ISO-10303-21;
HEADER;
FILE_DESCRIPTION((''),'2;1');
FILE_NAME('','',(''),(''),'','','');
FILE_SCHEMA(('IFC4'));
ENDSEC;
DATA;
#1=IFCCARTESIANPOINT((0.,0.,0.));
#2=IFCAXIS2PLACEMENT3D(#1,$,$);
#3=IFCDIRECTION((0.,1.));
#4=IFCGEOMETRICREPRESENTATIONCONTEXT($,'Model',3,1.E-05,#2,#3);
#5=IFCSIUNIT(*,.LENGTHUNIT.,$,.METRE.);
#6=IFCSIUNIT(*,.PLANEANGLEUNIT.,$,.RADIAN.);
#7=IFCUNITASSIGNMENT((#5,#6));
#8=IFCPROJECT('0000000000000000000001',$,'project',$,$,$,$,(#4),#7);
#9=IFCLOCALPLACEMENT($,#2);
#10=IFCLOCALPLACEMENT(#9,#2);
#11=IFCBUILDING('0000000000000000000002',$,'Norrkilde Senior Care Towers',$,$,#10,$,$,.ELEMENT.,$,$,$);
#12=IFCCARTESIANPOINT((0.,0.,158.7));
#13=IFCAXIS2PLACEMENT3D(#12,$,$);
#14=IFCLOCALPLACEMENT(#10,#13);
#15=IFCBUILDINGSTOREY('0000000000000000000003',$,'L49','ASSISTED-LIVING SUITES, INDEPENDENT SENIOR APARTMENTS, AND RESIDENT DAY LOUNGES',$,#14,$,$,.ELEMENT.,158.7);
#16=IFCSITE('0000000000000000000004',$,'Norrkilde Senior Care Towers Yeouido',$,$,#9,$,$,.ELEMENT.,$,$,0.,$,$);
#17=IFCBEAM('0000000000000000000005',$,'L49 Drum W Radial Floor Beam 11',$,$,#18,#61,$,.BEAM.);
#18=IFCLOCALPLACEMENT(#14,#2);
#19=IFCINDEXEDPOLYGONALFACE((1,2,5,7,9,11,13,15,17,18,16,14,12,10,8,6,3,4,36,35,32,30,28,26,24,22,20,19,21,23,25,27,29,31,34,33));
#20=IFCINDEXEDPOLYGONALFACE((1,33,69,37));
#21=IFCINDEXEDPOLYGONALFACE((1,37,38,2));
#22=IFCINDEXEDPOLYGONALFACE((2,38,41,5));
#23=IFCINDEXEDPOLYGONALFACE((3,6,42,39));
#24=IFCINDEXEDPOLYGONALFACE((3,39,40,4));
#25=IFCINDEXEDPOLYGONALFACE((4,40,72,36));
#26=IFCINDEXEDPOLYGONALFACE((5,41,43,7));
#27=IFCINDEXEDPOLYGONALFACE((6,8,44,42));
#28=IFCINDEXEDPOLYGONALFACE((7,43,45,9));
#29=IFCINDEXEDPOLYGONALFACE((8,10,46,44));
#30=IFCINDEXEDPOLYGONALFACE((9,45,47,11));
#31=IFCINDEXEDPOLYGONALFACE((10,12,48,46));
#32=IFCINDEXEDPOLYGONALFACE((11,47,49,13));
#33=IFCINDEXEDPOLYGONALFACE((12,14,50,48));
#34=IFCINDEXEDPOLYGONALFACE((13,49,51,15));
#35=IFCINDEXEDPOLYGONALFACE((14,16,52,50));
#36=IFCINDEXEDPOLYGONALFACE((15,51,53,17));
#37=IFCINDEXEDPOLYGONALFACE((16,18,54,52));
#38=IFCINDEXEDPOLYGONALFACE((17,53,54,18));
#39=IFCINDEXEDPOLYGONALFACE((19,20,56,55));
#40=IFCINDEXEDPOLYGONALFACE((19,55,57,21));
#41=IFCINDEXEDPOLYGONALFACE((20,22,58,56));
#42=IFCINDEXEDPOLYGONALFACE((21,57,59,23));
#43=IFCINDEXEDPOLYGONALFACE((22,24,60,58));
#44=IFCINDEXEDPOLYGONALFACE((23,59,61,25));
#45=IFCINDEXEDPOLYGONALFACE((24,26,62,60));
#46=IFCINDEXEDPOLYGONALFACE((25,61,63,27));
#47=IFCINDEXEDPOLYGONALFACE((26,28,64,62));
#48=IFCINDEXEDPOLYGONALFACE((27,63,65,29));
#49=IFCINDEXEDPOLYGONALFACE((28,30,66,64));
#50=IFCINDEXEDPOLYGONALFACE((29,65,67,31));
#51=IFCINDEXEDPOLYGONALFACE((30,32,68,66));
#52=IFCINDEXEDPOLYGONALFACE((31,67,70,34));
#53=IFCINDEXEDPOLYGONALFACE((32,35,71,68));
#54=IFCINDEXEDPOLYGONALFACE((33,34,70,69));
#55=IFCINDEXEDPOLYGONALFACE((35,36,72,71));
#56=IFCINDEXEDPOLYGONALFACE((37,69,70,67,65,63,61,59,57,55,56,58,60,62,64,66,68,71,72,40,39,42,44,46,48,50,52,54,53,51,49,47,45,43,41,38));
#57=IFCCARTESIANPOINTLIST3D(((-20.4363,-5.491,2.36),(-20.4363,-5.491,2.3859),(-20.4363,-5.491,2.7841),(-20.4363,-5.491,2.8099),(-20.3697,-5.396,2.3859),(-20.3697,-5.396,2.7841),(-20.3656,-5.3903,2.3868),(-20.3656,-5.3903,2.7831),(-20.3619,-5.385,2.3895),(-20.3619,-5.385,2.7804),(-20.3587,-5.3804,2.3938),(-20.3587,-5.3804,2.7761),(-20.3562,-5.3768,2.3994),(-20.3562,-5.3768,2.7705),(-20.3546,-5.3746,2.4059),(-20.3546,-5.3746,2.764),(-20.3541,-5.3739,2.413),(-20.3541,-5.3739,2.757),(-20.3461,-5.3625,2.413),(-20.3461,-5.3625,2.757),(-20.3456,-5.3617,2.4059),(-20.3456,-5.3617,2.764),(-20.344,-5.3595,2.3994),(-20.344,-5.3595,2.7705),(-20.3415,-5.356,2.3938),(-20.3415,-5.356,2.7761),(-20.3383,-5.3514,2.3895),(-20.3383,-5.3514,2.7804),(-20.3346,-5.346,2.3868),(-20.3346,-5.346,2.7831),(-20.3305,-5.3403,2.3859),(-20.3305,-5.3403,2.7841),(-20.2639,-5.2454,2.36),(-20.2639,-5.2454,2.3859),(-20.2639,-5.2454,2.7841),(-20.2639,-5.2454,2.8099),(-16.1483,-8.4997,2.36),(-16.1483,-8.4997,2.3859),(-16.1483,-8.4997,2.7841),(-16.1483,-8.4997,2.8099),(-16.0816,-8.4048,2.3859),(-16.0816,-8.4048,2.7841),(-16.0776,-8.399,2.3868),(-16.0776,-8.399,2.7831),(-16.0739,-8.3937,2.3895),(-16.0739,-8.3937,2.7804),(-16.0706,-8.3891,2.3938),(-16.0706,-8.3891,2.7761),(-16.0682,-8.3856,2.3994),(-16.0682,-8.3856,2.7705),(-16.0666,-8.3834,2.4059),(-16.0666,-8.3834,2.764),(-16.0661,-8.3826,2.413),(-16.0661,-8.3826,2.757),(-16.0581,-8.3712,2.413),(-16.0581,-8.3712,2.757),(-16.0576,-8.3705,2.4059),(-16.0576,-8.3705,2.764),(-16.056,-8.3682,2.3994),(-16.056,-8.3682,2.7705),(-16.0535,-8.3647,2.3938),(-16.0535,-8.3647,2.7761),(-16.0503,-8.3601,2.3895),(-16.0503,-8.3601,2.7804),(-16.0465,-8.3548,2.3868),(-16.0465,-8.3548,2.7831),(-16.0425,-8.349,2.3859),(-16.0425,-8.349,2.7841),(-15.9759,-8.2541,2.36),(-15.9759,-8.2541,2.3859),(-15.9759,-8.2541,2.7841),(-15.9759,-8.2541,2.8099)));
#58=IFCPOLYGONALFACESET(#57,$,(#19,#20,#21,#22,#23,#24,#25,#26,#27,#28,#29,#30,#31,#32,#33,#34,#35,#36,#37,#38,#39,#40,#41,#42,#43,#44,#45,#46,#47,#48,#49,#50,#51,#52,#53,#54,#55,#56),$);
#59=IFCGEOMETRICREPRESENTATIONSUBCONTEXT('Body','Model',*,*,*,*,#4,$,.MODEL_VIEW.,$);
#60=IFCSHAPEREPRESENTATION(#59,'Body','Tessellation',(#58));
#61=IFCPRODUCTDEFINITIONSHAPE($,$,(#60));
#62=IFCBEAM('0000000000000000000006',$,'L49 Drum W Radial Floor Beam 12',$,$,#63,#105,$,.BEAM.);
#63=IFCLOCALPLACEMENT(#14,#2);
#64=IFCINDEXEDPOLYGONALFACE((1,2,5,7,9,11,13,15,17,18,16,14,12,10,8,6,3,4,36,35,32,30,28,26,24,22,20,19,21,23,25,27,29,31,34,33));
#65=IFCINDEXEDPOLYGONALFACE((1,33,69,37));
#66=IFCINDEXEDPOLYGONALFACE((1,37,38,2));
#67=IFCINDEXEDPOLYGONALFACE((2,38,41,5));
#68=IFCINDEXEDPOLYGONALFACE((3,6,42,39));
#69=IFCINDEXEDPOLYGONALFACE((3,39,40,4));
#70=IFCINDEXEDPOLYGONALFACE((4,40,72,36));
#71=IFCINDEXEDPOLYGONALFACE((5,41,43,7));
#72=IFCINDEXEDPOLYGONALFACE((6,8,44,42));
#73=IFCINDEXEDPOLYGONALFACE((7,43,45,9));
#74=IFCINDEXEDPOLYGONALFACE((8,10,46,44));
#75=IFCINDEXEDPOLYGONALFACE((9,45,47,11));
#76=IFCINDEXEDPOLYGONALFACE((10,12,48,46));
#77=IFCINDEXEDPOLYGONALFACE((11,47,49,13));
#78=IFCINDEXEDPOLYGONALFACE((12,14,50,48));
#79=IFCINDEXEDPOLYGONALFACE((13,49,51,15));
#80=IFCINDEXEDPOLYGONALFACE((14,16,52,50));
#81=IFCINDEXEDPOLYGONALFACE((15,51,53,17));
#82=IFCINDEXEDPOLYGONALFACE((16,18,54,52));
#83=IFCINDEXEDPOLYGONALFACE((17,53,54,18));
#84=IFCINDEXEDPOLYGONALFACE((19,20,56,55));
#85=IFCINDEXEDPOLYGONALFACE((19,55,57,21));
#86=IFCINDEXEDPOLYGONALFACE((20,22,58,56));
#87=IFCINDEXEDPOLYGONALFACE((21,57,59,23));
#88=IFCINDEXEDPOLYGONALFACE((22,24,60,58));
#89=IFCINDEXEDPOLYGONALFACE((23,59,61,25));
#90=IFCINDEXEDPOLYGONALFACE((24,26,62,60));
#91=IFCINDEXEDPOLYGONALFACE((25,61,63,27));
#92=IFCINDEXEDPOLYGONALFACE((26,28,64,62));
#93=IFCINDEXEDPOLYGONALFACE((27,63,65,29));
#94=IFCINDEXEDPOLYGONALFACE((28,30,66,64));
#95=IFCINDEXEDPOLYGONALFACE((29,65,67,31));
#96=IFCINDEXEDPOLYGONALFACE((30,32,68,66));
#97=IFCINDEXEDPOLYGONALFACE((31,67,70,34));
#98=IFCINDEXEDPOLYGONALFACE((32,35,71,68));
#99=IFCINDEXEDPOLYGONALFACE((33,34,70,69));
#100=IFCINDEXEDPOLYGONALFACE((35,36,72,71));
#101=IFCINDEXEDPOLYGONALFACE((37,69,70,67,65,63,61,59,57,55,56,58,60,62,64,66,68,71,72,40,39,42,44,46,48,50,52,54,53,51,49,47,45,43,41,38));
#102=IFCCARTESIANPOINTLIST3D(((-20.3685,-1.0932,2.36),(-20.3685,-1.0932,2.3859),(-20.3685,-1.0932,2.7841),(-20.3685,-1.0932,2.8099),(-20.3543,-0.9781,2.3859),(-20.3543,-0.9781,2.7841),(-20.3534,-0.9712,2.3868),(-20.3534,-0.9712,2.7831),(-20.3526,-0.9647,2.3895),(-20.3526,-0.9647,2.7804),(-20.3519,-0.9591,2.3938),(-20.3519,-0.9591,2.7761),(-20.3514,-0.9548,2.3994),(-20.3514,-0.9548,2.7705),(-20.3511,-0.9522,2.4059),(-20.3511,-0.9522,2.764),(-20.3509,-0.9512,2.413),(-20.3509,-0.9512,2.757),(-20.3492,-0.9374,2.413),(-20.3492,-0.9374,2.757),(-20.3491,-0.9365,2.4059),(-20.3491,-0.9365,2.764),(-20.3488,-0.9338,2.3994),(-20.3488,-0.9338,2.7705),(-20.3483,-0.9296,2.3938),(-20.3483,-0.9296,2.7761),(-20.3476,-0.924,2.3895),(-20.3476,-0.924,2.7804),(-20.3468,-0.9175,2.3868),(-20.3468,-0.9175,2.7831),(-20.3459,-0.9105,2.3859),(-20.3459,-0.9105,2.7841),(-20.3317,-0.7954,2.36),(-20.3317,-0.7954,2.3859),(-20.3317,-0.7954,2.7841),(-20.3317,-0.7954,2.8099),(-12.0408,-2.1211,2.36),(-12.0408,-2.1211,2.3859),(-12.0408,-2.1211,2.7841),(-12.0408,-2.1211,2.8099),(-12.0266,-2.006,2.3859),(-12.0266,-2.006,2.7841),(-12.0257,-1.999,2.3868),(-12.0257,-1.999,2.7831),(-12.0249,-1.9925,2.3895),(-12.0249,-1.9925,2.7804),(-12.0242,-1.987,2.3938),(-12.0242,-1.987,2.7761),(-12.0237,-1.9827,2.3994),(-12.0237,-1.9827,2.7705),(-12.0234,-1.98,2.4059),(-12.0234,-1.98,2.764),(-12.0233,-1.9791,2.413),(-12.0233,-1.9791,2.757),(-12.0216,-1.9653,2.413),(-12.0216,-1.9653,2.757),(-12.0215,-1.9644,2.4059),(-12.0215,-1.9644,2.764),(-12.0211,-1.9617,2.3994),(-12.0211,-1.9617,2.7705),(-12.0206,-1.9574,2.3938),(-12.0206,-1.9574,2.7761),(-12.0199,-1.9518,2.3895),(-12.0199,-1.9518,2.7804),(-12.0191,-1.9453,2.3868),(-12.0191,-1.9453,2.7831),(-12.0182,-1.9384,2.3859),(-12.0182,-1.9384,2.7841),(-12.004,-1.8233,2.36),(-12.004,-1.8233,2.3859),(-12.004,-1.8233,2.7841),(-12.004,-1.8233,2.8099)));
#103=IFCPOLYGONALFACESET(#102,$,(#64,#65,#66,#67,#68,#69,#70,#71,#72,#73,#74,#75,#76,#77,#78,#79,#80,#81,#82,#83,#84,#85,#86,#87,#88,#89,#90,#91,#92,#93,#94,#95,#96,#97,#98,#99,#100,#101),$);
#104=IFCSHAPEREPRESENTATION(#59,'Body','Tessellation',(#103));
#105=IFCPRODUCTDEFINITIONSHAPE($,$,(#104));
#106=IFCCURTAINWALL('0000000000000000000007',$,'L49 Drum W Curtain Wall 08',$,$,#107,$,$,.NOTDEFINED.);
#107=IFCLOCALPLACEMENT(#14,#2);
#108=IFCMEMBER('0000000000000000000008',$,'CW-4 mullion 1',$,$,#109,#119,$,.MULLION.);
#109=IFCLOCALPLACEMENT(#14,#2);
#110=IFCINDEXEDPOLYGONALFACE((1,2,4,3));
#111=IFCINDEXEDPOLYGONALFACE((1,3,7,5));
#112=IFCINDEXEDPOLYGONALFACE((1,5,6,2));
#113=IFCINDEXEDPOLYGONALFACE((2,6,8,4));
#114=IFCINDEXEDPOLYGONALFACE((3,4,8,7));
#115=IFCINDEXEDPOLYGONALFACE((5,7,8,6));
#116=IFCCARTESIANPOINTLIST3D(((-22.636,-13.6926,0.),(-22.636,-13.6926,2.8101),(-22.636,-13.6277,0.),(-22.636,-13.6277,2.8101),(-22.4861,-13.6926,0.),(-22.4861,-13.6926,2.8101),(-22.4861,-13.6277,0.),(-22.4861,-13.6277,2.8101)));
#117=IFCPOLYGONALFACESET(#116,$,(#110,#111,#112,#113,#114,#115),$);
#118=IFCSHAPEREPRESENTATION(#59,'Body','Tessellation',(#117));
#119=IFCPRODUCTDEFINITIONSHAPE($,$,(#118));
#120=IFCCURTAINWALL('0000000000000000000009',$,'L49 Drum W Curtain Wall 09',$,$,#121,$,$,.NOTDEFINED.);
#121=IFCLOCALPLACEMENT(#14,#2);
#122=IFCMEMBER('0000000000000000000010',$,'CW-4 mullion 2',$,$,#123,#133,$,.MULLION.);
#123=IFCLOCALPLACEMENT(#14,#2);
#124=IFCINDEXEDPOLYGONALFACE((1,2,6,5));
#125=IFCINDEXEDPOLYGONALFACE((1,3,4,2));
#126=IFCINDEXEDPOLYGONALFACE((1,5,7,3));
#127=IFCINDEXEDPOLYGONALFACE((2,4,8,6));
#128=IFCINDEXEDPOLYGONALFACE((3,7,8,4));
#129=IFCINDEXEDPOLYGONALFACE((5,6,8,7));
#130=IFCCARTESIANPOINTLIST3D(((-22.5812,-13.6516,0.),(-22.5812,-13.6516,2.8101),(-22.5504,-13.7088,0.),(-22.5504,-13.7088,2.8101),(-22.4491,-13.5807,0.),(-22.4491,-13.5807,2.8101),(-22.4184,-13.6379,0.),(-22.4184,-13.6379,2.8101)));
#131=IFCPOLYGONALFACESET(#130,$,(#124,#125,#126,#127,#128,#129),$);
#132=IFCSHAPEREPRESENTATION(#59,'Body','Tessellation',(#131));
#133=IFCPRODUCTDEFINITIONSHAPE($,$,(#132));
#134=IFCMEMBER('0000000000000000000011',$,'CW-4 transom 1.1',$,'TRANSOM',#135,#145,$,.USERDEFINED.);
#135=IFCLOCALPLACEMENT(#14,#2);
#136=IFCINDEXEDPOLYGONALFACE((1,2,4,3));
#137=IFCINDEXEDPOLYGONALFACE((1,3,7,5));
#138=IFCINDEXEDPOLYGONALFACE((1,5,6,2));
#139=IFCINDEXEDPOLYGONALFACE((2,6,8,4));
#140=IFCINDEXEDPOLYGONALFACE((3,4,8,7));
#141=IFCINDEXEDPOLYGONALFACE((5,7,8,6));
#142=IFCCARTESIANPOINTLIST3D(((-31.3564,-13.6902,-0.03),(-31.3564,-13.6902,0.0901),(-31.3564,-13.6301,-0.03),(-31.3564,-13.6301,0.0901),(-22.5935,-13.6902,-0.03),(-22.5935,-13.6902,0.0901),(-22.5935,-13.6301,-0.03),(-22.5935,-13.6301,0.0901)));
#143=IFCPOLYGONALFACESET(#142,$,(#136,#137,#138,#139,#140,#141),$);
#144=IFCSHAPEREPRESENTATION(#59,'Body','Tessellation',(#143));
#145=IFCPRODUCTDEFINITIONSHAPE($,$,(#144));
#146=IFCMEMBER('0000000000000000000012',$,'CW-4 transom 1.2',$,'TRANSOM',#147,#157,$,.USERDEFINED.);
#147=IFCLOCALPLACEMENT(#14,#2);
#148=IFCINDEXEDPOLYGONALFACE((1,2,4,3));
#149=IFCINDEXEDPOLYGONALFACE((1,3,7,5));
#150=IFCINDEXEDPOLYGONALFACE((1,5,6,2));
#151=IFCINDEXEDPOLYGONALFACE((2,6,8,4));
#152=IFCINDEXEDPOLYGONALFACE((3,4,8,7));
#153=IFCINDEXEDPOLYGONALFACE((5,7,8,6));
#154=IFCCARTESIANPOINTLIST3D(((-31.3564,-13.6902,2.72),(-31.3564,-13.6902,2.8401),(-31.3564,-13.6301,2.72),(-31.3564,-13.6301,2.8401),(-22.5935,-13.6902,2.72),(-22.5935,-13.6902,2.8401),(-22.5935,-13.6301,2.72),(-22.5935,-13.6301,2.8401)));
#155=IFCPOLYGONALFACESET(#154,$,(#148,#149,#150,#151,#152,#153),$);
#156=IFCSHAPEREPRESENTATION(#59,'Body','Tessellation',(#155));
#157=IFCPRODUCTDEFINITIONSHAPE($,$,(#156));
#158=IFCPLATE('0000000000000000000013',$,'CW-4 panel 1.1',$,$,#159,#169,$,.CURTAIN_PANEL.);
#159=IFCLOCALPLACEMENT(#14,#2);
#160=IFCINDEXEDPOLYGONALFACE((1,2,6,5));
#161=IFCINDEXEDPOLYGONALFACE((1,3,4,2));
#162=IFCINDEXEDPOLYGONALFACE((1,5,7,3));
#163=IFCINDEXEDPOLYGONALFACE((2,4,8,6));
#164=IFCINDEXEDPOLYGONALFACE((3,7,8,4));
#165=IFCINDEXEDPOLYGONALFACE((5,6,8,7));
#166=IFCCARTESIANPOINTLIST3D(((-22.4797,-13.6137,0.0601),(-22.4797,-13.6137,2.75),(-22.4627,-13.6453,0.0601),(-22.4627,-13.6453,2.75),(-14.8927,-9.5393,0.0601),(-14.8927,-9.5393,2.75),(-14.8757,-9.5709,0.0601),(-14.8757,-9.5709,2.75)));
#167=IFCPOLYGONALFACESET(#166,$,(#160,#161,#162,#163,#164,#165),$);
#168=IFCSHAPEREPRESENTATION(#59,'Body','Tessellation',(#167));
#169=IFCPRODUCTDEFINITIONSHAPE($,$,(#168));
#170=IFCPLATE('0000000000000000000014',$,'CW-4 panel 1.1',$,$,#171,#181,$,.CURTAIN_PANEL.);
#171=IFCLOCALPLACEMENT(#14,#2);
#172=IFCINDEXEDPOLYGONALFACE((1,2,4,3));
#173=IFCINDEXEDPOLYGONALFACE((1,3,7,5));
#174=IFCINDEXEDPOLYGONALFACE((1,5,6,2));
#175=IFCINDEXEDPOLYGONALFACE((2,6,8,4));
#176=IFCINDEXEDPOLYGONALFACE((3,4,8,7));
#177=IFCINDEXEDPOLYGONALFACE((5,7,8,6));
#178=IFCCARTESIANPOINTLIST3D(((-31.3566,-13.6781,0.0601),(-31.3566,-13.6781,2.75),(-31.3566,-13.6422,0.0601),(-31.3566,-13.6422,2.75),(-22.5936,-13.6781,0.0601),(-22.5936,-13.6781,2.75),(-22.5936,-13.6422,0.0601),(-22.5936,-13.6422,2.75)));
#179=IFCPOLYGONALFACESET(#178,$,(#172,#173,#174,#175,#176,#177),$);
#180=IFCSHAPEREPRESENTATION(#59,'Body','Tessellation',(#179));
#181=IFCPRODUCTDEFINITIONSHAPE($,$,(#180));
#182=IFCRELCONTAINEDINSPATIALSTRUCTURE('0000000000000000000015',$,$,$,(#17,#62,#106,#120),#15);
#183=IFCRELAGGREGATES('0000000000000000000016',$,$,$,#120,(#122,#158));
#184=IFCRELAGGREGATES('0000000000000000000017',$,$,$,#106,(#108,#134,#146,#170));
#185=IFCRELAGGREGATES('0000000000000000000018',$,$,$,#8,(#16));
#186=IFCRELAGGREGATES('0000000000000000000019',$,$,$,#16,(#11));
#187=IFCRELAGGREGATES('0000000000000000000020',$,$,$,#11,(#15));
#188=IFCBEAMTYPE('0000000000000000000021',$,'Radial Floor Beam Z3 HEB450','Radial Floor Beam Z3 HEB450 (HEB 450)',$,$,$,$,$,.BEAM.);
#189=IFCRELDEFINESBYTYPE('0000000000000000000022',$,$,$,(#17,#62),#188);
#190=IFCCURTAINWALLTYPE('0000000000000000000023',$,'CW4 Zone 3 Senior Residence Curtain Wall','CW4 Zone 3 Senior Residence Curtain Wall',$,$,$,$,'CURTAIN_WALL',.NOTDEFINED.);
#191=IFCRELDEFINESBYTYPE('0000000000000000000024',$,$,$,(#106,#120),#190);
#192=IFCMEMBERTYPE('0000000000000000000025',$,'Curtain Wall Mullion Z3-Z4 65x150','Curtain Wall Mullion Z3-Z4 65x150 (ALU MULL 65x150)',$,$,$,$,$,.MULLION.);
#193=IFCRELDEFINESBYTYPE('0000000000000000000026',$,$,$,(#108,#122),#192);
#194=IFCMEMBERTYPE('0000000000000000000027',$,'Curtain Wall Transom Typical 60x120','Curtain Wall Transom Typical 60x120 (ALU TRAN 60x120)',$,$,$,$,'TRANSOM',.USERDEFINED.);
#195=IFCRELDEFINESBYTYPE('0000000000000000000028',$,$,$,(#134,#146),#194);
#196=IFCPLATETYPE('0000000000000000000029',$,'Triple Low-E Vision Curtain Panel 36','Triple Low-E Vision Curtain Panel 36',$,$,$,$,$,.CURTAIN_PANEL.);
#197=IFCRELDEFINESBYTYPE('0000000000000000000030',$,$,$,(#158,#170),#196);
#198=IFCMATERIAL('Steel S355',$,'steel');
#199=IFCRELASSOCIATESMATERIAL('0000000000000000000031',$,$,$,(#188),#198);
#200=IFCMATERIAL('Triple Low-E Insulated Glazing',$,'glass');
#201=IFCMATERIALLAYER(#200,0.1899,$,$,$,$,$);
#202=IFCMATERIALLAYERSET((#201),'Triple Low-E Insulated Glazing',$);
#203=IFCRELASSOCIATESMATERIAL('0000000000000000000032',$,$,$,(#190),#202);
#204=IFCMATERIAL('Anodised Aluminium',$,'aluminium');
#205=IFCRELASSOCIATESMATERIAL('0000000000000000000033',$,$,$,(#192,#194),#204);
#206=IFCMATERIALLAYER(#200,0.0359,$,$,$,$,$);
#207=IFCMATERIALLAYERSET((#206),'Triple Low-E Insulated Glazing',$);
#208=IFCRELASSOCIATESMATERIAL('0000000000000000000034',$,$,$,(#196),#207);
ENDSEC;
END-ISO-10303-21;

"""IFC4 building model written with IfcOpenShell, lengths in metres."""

from ifc_helpers import new_model, si_unit, direction, frame, origin, origin_2d, place, context, subcontext, project, spatial, rectangle, i_section, extrude, source, transform, mapped, material, layer, layer_set, material_profile, profile_set, type_object, type_shapes, element, aggregate, save


model = new_model("IFC4")

# Units and contexts
model_context = context("Model", 3, precision=1e-05, world=origin(), true_north=direction((0.0, 1.0)))
body_context = subcontext(model_context, "Body", "Model", "MODEL_VIEW")
ifc_project = project(units=[si_unit("LENGTHUNIT", "METRE"), si_unit("PLANEANGLEUNIT", "RADIAN")], contexts=[model_context])

# Site, building, storey
site_placement = place(None, origin())
site = spatial("IfcSite", under=ifc_project, at=site_placement, Name="Norrkilde Senior Care Towers Yeouido", CompositionType="ELEMENT", RefElevation=0.0)
building_placement = place(site_placement, origin())
building = spatial("IfcBuilding", under=site, at=building_placement, Name="Norrkilde Senior Care Towers", CompositionType="ELEMENT")
storey_placement = place(building_placement, frame((0.0, 0.0, 158.7)))
storey = spatial("IfcBuildingStorey", under=building, at=storey_placement, Name="L49", Description="ASSISTED-LIVING SUITES, INDEPENDENT SENIOR APARTMENTS, AND RESIDENT DAY LOUNGES", CompositionType="ELEMENT", Elevation=158.7)

# Beams
ifc_material_1 = material(Name="Steel S355", Category="steel")
ifc_material_profile_1 = material_profile(ifc_material_1, i_section(OverallWidth=0.3, OverallDepth=0.45, WebThickness=0.0139, FlangeThickness=0.0259, FilletRadius=0.0271, at=origin_2d()), Name="HEB 450")
ifc_profile_set_1 = profile_set([ifc_material_profile_1], Name="Steel S355")
beam_type_1 = type_object("IfcBeamType", Name="Radial Floor Beam Z3 HEB450", Description="Radial Floor Beam Z3 HEB450 (HEB 450)", PredefinedType="BEAM", material=ifc_profile_set_1)
shared_shape_1 = source(origin(), body_context, "Body", "SweptSolid", [
    extrude(i_section(OverallWidth=0.3, OverallDepth=0.45, WebThickness=0.0139, FlangeThickness=0.0259, FilletRadius=0.0271, at=origin_2d()), origin(), (0.0, 0.0, 1.0), 5.2383),
])
beam_1_placement = place(storey_placement, frame((-20.3501, -5.3682, 2.585), z_axis=(0.818592, -0.574375, 0.0), x_axis=(0.574375, 0.818592, 0.0)))
element("IfcBeam", 1, at=beam_1_placement, inside=storey, type_object=beam_type_1, Name="L49 Drum W Radial Floor Beam 11", PredefinedType="BEAM", context=body_context, shape_type="MappedRepresentation", body=[
    mapped(shared_shape_1, transform((0.0, 0.0, 0.0), x_axis=(1.0, 0.0, 0.0), y_axis=(0.0, 1.0, 0.0), z_axis=(0.0, 0.0, 1.0), scale=1.0)),
])
shared_shape_2 = source(origin(), body_context, "Body", "SweptSolid", [
    extrude(i_section(OverallWidth=0.3, OverallDepth=0.45, WebThickness=0.0139, FlangeThickness=0.0259, FilletRadius=0.0271, at=origin_2d()), origin(), (0.0, 0.0, 1.0), 8.3909),
])
beam_2_placement = place(storey_placement, frame((-20.3501, -0.9443, 2.585), z_axis=(0.992469, -0.122495, 0.0), x_axis=(0.122495, 0.992469, 0.0)))
element("IfcBeam", 2, at=beam_2_placement, inside=storey, type_object=beam_type_1, Name="L49 Drum W Radial Floor Beam 12", PredefinedType="BEAM", context=body_context, shape_type="MappedRepresentation", body=[
    mapped(shared_shape_2, transform((0.0, 0.0, 0.0), x_axis=(1.0, 0.0, 0.0), y_axis=(0.0, 1.0, 0.0), z_axis=(0.0, 0.0, 1.0), scale=1.0)),
])

# Curtain walls, members
ifc_material_2 = material(Name="Triple Low-E Insulated Glazing", Category="glass")
ifc_layer_1 = layer(ifc_material_2, 0.1899)
ifc_layer_set_1 = layer_set([ifc_layer_1], Name="Triple Low-E Insulated Glazing")
curtain_wall_type = type_object("IfcCurtainWallType", Name="CW4 Zone 3 Senior Residence Curtain Wall", Description="CW4 Zone 3 Senior Residence Curtain Wall", ElementType="CURTAIN_WALL", PredefinedType="NOTDEFINED", material=ifc_layer_set_1)
curtain_wall_1_placement = place(storey_placement, origin())
curtain_wall_1 = element("IfcCurtainWall", 3, at=curtain_wall_1_placement, inside=storey, type_object=curtain_wall_type, Name="L49 Drum W Curtain Wall 08", PredefinedType="NOTDEFINED")
ifc_material_3 = material(Name="Anodised Aluminium", Category="aluminium")
ifc_material_profile_2 = material_profile(ifc_material_3, rectangle(XDim=0.0649, YDim=0.1499, at=origin_2d()), Name="ALU MULL 65x150")
ifc_profile_set_2 = profile_set([ifc_material_profile_2], Name="Anodised Aluminium")
member_type_1 = type_object("IfcMemberType", Name="Curtain Wall Mullion Z3-Z4 65x150", Description="Curtain Wall Mullion Z3-Z4 65x150 (ALU MULL 65x150)", PredefinedType="MULLION", material=ifc_profile_set_2)
shared_shape_3 = source(origin(), body_context, "Body", "SweptSolid", [
    extrude(rectangle(XDim=0.0649, YDim=0.1499, at=origin_2d()), origin(), (0.0, 0.0, 1.0), 2.8101),
])
type_shapes(member_type_1, [shared_shape_3])
member_1_placement = place(storey_placement, frame((-22.561, -13.6602, 0.0), z_axis=(0.0, 0.0, 1.0), x_axis=(0.0, -1.0, 0.0)))
member_1 = element("IfcMember", 4, at=member_1_placement, type_object=member_type_1, Name="CW-4 mullion 1", PredefinedType="MULLION", context=body_context, shape_type="MappedRepresentation", body=[
    mapped(shared_shape_3, transform((0.0, 0.0, 0.0), x_axis=(1.0, 0.0, 0.0), y_axis=(0.0, 1.0, 0.0), z_axis=(0.0, 0.0, 1.0), scale=1.0)),
])
curtain_wall_2_placement = place(storey_placement, origin())
curtain_wall_2 = element("IfcCurtainWall", 5, at=curtain_wall_2_placement, inside=storey, type_object=curtain_wall_type, Name="L49 Drum W Curtain Wall 09", PredefinedType="NOTDEFINED")
member_2_placement = place(storey_placement, frame((-22.4998, -13.6448, 0.0), z_axis=(0.0, 0.0, 1.0), x_axis=(0.473117, -0.881, 0.0)))
member_2 = element("IfcMember", 6, at=member_2_placement, type_object=member_type_1, Name="CW-4 mullion 2", PredefinedType="MULLION", context=body_context, shape_type="MappedRepresentation", body=[
    mapped(shared_shape_3, transform((0.0, 0.0, 0.0), x_axis=(1.0, 0.0, 0.0), y_axis=(0.0, 1.0, 0.0), z_axis=(0.0, 0.0, 1.0), scale=1.0)),
])

# Members
ifc_material_profile_3 = material_profile(ifc_material_3, rectangle(XDim=0.0601, YDim=0.1201, at=origin_2d()), Name="ALU TRAN 60x120")
ifc_profile_set_3 = profile_set([ifc_material_profile_3], Name="Anodised Aluminium")
member_type_2 = type_object("IfcMemberType", Name="Curtain Wall Transom Typical 60x120", Description="Curtain Wall Transom Typical 60x120 (ALU TRAN 60x120)", ElementType="TRANSOM", PredefinedType="USERDEFINED", material=ifc_profile_set_3)
shared_shape_4 = source(origin(), body_context, "Body", "SweptSolid", [
    extrude(rectangle(XDim=0.0601, YDim=0.1201, at=origin_2d()), origin(), (0.0, 0.0, 1.0), 8.7629),
])
type_shapes(member_type_2, [shared_shape_4])
member_3_placement = place(storey_placement, frame((-22.5935, -13.6602, 0.03), z_axis=(-1.0, 0.0, 0.0), x_axis=(0.0, -1.0, 0.0)))
member_3 = element("IfcMember", 7, at=member_3_placement, type_object=member_type_2, Name="CW-4 transom 1.1", ObjectType="TRANSOM", PredefinedType="USERDEFINED", context=body_context, shape_type="MappedRepresentation", body=[
    mapped(shared_shape_4, transform((0.0, 0.0, 0.0), x_axis=(1.0, 0.0, 0.0), y_axis=(0.0, 1.0, 0.0), z_axis=(0.0, 0.0, 1.0), scale=1.0)),
])
member_4_placement = place(storey_placement, frame((-22.5935, -13.6602, 2.78), z_axis=(-1.0, 0.0, 0.0), x_axis=(0.0, -1.0, 0.0)))
member_4 = element("IfcMember", 8, at=member_4_placement, type_object=member_type_2, Name="CW-4 transom 1.2", ObjectType="TRANSOM", PredefinedType="USERDEFINED", context=body_context, shape_type="MappedRepresentation", body=[
    mapped(shared_shape_4, transform((0.0, 0.0, 0.0), x_axis=(1.0, 0.0, 0.0), y_axis=(0.0, 1.0, 0.0), z_axis=(0.0, 0.0, 1.0), scale=1.0)),
])

# Plates
ifc_layer_2 = layer(ifc_material_2, 0.0359)
ifc_layer_set_2 = layer_set([ifc_layer_2], Name="Triple Low-E Insulated Glazing")
plate_type = type_object("IfcPlateType", Name="Triple Low-E Vision Curtain Panel 36", Description="Triple Low-E Vision Curtain Panel 36", PredefinedType="CURTAIN_PANEL", material=ifc_layer_set_2)
shared_shape_5 = source(origin(), body_context, "Body", "SweptSolid", [
    extrude(rectangle(XDim=8.6118, YDim=0.0359, at=origin_2d()), origin(), (0.0, 0.0, 1.0), 2.6899),
])
plate_1_placement = place(storey_placement, frame((-18.6777, -11.5923, 0.0601), z_axis=(0.0, 0.0, 1.0), x_axis=(-0.881, -0.473117, 0.0)))
plate_1 = element("IfcPlate", 9, at=plate_1_placement, type_object=plate_type, Name="CW-4 panel 1.1", PredefinedType="CURTAIN_PANEL", context=body_context, shape_type="MappedRepresentation", body=[
    mapped(shared_shape_5, transform((0.0, 0.0, 0.0), x_axis=(1.0, 0.0, 0.0), y_axis=(0.0, 1.0, 0.0), z_axis=(0.0, 0.0, 1.0), scale=1.0)),
])
aggregate(curtain_wall_2, [member_2, plate_1])
shared_shape_6 = source(origin(), body_context, "Body", "SweptSolid", [
    extrude(rectangle(XDim=8.7629, YDim=0.0359, at=origin_2d()), origin(), (0.0, 0.0, 1.0), 2.6899),
])
type_shapes(plate_type, [shared_shape_5, shared_shape_6])
plate_2_placement = place(storey_placement, frame((-26.9751, -13.6602, 0.0601), z_axis=(0.0, 0.0, 1.0), x_axis=(-1.0, 0.0, 0.0)))
plate_2 = element("IfcPlate", 10, at=plate_2_placement, type_object=plate_type, Name="CW-4 panel 1.1", PredefinedType="CURTAIN_PANEL", context=body_context, shape_type="MappedRepresentation", body=[
    mapped(shared_shape_6, transform((0.0, 0.0, 0.0), x_axis=(1.0, 0.0, 0.0), y_axis=(0.0, 1.0, 0.0), z_axis=(0.0, 0.0, 1.0), scale=1.0)),
])
aggregate(curtain_wall_1, [member_1, member_3, member_4, plate_2])

save(model, "model.ifc")
